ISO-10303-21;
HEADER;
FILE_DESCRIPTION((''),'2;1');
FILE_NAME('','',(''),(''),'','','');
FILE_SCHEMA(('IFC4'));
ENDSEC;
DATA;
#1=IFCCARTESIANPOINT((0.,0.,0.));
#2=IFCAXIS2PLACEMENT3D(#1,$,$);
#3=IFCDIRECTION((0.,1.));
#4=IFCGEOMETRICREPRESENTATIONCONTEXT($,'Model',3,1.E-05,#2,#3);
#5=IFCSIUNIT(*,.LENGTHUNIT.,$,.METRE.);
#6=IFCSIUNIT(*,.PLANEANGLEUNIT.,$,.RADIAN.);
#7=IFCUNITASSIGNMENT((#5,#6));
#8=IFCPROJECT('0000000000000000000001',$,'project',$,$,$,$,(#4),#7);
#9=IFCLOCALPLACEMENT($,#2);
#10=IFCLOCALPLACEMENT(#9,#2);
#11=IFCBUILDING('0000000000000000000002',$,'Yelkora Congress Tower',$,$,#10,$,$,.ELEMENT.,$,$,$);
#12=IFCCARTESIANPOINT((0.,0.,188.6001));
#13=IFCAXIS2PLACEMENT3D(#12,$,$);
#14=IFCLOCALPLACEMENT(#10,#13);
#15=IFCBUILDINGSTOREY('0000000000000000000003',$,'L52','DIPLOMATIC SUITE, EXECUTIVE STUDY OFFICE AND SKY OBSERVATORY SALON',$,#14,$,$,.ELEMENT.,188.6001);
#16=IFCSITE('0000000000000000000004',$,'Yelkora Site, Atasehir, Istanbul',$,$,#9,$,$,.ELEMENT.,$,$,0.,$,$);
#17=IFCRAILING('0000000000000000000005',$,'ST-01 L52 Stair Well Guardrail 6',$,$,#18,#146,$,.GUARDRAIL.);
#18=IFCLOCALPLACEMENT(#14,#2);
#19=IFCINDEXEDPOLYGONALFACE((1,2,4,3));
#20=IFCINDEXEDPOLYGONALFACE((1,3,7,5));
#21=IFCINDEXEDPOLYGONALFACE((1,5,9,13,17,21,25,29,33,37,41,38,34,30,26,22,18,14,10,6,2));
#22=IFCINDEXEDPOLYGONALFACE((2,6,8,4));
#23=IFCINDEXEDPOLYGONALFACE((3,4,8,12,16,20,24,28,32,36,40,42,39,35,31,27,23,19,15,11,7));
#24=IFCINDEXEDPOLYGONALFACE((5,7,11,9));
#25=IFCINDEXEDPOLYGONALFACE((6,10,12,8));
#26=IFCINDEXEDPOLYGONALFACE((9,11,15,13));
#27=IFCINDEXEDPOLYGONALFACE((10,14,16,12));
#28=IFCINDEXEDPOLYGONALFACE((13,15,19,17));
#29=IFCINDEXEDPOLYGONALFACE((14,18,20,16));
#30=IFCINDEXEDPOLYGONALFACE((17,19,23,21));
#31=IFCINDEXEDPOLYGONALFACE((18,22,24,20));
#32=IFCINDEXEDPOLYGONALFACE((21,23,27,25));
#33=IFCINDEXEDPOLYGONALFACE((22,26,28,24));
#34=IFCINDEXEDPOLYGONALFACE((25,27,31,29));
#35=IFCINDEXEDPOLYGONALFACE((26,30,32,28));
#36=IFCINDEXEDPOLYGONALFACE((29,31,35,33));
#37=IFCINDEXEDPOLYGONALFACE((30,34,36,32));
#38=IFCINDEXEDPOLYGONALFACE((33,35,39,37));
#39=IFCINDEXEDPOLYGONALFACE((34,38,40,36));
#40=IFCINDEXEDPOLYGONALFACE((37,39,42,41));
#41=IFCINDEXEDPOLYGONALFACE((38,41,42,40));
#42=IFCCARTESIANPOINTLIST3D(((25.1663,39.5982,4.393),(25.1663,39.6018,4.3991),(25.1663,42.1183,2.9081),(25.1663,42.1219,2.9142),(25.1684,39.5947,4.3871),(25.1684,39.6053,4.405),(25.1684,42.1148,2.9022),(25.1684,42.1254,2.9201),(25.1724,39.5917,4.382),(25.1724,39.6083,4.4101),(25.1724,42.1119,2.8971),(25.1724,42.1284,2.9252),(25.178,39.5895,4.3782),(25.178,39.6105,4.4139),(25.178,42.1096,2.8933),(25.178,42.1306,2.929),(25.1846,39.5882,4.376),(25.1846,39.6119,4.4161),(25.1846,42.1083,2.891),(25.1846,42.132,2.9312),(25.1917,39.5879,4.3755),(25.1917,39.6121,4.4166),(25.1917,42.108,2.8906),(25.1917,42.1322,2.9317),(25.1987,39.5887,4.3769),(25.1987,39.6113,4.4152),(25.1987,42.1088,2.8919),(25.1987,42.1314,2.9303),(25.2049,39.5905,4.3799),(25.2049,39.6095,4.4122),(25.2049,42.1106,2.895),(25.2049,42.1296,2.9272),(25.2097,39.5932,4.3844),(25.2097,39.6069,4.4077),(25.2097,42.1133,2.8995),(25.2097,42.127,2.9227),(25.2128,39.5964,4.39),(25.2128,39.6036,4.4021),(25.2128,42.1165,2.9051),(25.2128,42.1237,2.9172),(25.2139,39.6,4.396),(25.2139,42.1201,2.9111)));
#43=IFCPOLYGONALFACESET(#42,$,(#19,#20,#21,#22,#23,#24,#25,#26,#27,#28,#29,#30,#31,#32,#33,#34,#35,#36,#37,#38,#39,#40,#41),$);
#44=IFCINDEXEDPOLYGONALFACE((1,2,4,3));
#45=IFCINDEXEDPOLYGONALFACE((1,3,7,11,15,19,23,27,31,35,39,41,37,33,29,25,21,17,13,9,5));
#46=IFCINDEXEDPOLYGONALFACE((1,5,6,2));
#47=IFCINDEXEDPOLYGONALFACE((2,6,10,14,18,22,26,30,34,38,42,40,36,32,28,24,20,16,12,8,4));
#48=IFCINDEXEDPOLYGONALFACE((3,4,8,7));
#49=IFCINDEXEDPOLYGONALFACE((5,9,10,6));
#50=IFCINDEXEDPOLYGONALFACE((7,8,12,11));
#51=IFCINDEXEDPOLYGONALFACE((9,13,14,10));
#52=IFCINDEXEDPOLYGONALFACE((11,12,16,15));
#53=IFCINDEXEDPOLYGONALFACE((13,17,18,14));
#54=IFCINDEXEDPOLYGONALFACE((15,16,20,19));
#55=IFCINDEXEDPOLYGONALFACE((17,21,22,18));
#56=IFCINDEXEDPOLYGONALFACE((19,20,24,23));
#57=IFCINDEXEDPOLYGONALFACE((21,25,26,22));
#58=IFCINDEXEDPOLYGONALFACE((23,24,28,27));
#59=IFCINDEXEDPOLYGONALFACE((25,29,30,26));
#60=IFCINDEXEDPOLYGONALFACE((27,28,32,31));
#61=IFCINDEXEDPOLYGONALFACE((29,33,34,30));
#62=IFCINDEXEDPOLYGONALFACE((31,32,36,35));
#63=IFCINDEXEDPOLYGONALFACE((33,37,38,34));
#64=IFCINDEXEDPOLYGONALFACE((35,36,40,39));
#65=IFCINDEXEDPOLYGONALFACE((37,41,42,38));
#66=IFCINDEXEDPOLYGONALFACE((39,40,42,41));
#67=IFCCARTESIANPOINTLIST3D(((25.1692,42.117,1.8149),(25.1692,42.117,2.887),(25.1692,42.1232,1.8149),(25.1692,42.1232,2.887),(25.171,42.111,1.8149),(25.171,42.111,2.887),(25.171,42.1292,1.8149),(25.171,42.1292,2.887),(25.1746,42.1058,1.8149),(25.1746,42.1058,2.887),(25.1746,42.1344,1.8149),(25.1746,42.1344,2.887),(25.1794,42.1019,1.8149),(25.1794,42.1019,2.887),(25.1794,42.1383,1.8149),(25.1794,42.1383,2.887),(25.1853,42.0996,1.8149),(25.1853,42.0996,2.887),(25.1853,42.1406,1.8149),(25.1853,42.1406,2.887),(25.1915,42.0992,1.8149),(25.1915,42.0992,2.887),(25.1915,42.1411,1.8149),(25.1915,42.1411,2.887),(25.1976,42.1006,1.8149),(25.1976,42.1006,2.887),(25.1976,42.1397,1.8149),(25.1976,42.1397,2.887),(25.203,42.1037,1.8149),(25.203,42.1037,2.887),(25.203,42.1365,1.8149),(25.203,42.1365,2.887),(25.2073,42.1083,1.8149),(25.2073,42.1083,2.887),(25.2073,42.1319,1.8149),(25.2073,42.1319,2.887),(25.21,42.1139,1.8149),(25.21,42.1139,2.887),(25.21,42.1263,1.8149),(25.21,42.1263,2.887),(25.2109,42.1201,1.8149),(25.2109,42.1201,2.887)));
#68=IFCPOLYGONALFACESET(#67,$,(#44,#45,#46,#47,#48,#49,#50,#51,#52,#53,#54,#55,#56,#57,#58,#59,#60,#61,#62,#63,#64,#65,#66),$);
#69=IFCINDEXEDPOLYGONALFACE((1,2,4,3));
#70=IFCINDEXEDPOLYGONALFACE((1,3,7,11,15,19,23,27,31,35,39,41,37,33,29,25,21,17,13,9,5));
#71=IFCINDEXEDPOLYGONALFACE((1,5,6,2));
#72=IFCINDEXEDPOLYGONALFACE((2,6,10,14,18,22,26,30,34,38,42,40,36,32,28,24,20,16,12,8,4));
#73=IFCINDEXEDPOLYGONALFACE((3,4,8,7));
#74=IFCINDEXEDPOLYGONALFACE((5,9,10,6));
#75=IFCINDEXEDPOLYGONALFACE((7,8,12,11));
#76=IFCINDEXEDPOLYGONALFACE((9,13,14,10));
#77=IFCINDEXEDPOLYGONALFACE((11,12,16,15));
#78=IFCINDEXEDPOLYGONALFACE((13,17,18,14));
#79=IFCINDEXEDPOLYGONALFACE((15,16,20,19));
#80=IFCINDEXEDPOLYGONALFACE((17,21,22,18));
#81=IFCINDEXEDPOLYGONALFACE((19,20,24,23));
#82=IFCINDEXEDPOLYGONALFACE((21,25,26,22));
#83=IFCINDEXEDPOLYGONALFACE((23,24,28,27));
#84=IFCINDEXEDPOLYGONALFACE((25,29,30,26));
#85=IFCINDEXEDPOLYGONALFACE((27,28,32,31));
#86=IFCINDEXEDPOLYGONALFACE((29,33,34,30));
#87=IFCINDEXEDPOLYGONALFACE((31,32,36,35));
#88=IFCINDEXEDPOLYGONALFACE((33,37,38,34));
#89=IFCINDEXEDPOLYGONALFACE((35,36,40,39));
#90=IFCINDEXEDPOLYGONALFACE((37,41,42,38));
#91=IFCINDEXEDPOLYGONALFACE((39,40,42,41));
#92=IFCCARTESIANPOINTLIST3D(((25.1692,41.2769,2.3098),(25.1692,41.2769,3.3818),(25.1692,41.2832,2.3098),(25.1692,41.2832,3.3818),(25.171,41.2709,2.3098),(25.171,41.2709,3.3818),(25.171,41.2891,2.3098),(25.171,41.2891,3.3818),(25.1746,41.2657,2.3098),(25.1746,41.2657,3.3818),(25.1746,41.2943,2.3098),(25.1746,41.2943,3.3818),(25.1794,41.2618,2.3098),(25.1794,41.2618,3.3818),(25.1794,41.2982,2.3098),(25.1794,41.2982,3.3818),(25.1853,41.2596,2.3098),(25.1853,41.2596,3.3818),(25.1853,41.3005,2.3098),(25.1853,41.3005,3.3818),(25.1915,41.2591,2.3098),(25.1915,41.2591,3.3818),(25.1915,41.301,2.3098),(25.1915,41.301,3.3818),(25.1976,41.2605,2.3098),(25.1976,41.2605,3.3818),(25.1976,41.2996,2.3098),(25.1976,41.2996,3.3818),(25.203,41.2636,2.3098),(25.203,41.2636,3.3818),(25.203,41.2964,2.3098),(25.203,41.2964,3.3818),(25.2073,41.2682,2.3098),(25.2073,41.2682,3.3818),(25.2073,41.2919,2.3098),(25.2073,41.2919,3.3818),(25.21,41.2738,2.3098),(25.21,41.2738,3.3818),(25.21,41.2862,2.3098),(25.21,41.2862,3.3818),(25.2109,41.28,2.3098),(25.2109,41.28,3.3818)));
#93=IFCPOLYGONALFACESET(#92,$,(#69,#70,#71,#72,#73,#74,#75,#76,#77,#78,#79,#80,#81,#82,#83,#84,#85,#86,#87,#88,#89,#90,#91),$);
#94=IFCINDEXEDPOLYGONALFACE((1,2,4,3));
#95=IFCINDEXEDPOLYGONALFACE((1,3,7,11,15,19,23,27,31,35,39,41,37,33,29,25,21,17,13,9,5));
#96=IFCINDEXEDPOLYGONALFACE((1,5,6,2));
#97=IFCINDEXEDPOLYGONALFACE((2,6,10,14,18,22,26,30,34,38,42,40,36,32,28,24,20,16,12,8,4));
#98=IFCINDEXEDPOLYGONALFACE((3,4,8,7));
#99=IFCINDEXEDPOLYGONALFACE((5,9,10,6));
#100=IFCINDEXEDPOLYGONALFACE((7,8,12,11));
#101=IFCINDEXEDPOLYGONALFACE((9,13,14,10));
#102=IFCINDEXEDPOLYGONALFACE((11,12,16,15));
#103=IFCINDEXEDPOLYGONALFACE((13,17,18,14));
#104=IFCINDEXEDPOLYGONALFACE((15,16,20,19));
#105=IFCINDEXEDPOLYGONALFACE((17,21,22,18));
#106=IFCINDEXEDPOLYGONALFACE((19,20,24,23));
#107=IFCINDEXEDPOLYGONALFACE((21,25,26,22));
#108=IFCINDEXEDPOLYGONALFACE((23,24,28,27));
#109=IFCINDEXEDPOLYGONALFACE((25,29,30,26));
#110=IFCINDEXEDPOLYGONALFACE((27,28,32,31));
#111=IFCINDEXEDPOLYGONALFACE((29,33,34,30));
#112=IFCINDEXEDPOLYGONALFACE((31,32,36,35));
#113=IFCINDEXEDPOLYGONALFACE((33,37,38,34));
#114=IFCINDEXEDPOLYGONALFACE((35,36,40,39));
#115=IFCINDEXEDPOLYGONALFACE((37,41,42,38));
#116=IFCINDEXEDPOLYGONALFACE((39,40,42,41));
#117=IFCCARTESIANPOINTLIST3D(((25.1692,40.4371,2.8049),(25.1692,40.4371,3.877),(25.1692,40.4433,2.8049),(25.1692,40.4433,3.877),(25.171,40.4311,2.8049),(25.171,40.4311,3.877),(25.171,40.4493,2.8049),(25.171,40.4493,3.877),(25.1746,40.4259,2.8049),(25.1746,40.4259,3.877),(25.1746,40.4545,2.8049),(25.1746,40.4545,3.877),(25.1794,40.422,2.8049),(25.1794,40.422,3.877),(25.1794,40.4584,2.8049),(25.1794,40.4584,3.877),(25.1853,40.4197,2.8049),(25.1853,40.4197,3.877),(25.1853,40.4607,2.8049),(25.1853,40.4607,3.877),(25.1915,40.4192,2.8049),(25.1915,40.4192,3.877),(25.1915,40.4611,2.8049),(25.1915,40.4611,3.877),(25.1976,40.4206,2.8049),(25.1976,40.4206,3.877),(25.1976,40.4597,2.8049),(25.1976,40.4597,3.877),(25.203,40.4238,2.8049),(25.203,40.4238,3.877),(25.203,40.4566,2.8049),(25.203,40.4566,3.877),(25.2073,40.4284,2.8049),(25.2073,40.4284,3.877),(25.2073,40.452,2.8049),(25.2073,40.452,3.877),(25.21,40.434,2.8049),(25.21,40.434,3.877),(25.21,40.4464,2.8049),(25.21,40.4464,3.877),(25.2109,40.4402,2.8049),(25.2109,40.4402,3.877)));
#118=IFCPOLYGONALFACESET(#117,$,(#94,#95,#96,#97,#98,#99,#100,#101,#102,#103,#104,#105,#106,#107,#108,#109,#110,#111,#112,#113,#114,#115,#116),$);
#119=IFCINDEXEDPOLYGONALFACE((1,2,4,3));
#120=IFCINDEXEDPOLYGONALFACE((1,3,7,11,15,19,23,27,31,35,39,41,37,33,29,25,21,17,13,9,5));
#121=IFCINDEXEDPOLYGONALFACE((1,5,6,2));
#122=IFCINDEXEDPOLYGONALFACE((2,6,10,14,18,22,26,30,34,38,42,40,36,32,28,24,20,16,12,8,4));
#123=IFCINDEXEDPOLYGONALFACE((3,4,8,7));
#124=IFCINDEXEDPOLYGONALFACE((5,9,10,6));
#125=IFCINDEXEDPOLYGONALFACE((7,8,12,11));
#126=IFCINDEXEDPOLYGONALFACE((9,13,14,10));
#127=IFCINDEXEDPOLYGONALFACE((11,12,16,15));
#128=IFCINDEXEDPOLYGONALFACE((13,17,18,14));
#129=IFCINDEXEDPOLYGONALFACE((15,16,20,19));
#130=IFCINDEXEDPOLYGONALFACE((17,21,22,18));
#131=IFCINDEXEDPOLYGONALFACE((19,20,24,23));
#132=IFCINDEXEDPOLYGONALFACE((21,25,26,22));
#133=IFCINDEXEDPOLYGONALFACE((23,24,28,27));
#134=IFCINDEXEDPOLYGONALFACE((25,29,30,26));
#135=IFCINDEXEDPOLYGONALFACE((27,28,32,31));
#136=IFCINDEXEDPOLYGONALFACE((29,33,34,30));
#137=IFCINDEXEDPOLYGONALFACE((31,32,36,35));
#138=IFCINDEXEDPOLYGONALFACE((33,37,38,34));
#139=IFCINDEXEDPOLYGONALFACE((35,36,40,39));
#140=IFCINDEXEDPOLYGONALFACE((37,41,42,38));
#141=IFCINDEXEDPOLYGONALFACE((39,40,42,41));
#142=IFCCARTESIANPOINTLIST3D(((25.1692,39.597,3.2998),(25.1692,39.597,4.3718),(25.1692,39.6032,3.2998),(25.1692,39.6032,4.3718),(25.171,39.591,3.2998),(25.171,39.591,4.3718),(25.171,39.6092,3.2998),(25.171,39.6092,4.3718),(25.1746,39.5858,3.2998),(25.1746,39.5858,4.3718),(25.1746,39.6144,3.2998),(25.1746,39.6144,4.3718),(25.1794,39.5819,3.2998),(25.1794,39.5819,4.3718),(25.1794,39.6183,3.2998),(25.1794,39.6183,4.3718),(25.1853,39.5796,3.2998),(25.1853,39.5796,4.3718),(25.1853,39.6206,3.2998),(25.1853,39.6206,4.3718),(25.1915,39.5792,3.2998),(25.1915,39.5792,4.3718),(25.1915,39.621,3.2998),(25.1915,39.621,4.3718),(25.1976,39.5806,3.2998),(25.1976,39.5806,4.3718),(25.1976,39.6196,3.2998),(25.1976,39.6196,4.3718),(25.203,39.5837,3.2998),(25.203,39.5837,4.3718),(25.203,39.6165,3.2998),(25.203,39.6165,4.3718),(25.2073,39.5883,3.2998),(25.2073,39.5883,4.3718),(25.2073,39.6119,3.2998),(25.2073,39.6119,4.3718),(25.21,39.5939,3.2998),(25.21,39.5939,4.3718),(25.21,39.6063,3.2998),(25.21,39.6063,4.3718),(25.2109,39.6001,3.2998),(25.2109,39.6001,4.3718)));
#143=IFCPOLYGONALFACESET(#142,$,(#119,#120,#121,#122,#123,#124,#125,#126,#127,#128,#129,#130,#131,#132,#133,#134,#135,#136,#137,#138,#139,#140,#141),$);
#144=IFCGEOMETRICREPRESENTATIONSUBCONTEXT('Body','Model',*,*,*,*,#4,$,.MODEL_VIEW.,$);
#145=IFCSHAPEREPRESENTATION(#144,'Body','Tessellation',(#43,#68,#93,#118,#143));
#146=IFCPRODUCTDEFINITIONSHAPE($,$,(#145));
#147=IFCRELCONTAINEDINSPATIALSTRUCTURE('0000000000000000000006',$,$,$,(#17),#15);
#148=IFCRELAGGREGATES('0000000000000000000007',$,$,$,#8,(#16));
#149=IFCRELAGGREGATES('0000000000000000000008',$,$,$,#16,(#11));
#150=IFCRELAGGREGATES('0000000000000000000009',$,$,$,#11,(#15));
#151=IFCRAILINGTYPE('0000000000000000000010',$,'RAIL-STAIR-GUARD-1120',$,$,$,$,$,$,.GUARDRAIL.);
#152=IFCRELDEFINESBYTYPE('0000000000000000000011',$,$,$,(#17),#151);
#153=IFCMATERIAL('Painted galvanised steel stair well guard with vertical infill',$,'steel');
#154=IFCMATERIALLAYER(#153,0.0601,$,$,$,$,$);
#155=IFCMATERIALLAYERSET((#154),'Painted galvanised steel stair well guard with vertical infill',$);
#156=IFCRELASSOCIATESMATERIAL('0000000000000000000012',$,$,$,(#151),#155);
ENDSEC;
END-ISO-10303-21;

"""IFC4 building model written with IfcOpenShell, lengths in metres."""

from ifc_helpers import new_model, si_unit, direction, frame, origin, origin_2d, place, context, subcontext, project, spatial, circle, extrude, material, layer, layer_set, type_object, element, save


model = new_model("IFC4")

# Units and contexts
model_context = context("Model", 3, precision=1e-05, world=origin(), true_north=direction((0.0, 1.0)))
body_context = subcontext(model_context, "Body", "Model", "MODEL_VIEW")
ifc_project = project(units=[si_unit("LENGTHUNIT", "METRE"), si_unit("PLANEANGLEUNIT", "RADIAN")], contexts=[model_context])

# Site, building, storey
site_placement = place(None, origin())
site = spatial("IfcSite", under=ifc_project, at=site_placement, Name="Yelkora Site, Atasehir, Istanbul", CompositionType="ELEMENT", RefElevation=0.0)
building_placement = place(site_placement, origin())
building = spatial("IfcBuilding", under=site, at=building_placement, Name="Yelkora Congress Tower", CompositionType="ELEMENT")
storey_placement = place(building_placement, frame((0.0, 0.0, 188.6001)))
storey = spatial("IfcBuildingStorey", under=building, at=storey_placement, Name="L52", Description="DIPLOMATIC SUITE, EXECUTIVE STUDY OFFICE AND SKY OBSERVATORY SALON", CompositionType="ELEMENT", Elevation=188.6001)

# Railing
ifc_material_1 = material(Name="Painted galvanised steel stair well guard with vertical infill", Category="steel")
ifc_layer_1 = layer(ifc_material_1, 0.0601)
ifc_layer_set_1 = layer_set([ifc_layer_1], Name="Painted galvanised steel stair well guard with vertical infill")
railing_type = type_object("IfcRailingType", Name="RAIL-STAIR-GUARD-1120", PredefinedType="GUARDRAIL", material=ifc_layer_set_1)
railing_1_placement = place(storey_placement, frame((25.1899, 42.1201, 1.8149)))
element("IfcRailing", 1, at=railing_1_placement, inside=storey, type_object=railing_type, Name="ST-01 L52 Stair Well Guardrail 6", PredefinedType="GUARDRAIL", context=body_context, shape_type="SweptSolid", body=[
    extrude(circle(Radius=0.0239, at=origin_2d()), frame((0.0, 0.0, 1.0962), z_axis=(0.0, -0.861561, 0.507655), x_axis=(1.0, 0.0, 0.0)), (0.0, 0.0, 1.0), 2.925),
    extrude(circle(Radius=0.021, at=origin_2d()), origin(), (0.0, 0.0, 1.0), 1.072),
    extrude(circle(Radius=0.021, at=origin_2d()), frame((0.0, -0.8401, 0.4949)), (0.0, 0.0, 1.0), 1.072),
    extrude(circle(Radius=0.021, at=origin_2d()), frame((0.0, -1.6799, 0.99)), (0.0, 0.0, 1.0), 1.072),
    extrude(circle(Radius=0.021, at=origin_2d()), frame((0.0, -2.52, 1.4849)), (0.0, 0.0, 1.0), 1.072),
])

save(model, "model.ifc")
